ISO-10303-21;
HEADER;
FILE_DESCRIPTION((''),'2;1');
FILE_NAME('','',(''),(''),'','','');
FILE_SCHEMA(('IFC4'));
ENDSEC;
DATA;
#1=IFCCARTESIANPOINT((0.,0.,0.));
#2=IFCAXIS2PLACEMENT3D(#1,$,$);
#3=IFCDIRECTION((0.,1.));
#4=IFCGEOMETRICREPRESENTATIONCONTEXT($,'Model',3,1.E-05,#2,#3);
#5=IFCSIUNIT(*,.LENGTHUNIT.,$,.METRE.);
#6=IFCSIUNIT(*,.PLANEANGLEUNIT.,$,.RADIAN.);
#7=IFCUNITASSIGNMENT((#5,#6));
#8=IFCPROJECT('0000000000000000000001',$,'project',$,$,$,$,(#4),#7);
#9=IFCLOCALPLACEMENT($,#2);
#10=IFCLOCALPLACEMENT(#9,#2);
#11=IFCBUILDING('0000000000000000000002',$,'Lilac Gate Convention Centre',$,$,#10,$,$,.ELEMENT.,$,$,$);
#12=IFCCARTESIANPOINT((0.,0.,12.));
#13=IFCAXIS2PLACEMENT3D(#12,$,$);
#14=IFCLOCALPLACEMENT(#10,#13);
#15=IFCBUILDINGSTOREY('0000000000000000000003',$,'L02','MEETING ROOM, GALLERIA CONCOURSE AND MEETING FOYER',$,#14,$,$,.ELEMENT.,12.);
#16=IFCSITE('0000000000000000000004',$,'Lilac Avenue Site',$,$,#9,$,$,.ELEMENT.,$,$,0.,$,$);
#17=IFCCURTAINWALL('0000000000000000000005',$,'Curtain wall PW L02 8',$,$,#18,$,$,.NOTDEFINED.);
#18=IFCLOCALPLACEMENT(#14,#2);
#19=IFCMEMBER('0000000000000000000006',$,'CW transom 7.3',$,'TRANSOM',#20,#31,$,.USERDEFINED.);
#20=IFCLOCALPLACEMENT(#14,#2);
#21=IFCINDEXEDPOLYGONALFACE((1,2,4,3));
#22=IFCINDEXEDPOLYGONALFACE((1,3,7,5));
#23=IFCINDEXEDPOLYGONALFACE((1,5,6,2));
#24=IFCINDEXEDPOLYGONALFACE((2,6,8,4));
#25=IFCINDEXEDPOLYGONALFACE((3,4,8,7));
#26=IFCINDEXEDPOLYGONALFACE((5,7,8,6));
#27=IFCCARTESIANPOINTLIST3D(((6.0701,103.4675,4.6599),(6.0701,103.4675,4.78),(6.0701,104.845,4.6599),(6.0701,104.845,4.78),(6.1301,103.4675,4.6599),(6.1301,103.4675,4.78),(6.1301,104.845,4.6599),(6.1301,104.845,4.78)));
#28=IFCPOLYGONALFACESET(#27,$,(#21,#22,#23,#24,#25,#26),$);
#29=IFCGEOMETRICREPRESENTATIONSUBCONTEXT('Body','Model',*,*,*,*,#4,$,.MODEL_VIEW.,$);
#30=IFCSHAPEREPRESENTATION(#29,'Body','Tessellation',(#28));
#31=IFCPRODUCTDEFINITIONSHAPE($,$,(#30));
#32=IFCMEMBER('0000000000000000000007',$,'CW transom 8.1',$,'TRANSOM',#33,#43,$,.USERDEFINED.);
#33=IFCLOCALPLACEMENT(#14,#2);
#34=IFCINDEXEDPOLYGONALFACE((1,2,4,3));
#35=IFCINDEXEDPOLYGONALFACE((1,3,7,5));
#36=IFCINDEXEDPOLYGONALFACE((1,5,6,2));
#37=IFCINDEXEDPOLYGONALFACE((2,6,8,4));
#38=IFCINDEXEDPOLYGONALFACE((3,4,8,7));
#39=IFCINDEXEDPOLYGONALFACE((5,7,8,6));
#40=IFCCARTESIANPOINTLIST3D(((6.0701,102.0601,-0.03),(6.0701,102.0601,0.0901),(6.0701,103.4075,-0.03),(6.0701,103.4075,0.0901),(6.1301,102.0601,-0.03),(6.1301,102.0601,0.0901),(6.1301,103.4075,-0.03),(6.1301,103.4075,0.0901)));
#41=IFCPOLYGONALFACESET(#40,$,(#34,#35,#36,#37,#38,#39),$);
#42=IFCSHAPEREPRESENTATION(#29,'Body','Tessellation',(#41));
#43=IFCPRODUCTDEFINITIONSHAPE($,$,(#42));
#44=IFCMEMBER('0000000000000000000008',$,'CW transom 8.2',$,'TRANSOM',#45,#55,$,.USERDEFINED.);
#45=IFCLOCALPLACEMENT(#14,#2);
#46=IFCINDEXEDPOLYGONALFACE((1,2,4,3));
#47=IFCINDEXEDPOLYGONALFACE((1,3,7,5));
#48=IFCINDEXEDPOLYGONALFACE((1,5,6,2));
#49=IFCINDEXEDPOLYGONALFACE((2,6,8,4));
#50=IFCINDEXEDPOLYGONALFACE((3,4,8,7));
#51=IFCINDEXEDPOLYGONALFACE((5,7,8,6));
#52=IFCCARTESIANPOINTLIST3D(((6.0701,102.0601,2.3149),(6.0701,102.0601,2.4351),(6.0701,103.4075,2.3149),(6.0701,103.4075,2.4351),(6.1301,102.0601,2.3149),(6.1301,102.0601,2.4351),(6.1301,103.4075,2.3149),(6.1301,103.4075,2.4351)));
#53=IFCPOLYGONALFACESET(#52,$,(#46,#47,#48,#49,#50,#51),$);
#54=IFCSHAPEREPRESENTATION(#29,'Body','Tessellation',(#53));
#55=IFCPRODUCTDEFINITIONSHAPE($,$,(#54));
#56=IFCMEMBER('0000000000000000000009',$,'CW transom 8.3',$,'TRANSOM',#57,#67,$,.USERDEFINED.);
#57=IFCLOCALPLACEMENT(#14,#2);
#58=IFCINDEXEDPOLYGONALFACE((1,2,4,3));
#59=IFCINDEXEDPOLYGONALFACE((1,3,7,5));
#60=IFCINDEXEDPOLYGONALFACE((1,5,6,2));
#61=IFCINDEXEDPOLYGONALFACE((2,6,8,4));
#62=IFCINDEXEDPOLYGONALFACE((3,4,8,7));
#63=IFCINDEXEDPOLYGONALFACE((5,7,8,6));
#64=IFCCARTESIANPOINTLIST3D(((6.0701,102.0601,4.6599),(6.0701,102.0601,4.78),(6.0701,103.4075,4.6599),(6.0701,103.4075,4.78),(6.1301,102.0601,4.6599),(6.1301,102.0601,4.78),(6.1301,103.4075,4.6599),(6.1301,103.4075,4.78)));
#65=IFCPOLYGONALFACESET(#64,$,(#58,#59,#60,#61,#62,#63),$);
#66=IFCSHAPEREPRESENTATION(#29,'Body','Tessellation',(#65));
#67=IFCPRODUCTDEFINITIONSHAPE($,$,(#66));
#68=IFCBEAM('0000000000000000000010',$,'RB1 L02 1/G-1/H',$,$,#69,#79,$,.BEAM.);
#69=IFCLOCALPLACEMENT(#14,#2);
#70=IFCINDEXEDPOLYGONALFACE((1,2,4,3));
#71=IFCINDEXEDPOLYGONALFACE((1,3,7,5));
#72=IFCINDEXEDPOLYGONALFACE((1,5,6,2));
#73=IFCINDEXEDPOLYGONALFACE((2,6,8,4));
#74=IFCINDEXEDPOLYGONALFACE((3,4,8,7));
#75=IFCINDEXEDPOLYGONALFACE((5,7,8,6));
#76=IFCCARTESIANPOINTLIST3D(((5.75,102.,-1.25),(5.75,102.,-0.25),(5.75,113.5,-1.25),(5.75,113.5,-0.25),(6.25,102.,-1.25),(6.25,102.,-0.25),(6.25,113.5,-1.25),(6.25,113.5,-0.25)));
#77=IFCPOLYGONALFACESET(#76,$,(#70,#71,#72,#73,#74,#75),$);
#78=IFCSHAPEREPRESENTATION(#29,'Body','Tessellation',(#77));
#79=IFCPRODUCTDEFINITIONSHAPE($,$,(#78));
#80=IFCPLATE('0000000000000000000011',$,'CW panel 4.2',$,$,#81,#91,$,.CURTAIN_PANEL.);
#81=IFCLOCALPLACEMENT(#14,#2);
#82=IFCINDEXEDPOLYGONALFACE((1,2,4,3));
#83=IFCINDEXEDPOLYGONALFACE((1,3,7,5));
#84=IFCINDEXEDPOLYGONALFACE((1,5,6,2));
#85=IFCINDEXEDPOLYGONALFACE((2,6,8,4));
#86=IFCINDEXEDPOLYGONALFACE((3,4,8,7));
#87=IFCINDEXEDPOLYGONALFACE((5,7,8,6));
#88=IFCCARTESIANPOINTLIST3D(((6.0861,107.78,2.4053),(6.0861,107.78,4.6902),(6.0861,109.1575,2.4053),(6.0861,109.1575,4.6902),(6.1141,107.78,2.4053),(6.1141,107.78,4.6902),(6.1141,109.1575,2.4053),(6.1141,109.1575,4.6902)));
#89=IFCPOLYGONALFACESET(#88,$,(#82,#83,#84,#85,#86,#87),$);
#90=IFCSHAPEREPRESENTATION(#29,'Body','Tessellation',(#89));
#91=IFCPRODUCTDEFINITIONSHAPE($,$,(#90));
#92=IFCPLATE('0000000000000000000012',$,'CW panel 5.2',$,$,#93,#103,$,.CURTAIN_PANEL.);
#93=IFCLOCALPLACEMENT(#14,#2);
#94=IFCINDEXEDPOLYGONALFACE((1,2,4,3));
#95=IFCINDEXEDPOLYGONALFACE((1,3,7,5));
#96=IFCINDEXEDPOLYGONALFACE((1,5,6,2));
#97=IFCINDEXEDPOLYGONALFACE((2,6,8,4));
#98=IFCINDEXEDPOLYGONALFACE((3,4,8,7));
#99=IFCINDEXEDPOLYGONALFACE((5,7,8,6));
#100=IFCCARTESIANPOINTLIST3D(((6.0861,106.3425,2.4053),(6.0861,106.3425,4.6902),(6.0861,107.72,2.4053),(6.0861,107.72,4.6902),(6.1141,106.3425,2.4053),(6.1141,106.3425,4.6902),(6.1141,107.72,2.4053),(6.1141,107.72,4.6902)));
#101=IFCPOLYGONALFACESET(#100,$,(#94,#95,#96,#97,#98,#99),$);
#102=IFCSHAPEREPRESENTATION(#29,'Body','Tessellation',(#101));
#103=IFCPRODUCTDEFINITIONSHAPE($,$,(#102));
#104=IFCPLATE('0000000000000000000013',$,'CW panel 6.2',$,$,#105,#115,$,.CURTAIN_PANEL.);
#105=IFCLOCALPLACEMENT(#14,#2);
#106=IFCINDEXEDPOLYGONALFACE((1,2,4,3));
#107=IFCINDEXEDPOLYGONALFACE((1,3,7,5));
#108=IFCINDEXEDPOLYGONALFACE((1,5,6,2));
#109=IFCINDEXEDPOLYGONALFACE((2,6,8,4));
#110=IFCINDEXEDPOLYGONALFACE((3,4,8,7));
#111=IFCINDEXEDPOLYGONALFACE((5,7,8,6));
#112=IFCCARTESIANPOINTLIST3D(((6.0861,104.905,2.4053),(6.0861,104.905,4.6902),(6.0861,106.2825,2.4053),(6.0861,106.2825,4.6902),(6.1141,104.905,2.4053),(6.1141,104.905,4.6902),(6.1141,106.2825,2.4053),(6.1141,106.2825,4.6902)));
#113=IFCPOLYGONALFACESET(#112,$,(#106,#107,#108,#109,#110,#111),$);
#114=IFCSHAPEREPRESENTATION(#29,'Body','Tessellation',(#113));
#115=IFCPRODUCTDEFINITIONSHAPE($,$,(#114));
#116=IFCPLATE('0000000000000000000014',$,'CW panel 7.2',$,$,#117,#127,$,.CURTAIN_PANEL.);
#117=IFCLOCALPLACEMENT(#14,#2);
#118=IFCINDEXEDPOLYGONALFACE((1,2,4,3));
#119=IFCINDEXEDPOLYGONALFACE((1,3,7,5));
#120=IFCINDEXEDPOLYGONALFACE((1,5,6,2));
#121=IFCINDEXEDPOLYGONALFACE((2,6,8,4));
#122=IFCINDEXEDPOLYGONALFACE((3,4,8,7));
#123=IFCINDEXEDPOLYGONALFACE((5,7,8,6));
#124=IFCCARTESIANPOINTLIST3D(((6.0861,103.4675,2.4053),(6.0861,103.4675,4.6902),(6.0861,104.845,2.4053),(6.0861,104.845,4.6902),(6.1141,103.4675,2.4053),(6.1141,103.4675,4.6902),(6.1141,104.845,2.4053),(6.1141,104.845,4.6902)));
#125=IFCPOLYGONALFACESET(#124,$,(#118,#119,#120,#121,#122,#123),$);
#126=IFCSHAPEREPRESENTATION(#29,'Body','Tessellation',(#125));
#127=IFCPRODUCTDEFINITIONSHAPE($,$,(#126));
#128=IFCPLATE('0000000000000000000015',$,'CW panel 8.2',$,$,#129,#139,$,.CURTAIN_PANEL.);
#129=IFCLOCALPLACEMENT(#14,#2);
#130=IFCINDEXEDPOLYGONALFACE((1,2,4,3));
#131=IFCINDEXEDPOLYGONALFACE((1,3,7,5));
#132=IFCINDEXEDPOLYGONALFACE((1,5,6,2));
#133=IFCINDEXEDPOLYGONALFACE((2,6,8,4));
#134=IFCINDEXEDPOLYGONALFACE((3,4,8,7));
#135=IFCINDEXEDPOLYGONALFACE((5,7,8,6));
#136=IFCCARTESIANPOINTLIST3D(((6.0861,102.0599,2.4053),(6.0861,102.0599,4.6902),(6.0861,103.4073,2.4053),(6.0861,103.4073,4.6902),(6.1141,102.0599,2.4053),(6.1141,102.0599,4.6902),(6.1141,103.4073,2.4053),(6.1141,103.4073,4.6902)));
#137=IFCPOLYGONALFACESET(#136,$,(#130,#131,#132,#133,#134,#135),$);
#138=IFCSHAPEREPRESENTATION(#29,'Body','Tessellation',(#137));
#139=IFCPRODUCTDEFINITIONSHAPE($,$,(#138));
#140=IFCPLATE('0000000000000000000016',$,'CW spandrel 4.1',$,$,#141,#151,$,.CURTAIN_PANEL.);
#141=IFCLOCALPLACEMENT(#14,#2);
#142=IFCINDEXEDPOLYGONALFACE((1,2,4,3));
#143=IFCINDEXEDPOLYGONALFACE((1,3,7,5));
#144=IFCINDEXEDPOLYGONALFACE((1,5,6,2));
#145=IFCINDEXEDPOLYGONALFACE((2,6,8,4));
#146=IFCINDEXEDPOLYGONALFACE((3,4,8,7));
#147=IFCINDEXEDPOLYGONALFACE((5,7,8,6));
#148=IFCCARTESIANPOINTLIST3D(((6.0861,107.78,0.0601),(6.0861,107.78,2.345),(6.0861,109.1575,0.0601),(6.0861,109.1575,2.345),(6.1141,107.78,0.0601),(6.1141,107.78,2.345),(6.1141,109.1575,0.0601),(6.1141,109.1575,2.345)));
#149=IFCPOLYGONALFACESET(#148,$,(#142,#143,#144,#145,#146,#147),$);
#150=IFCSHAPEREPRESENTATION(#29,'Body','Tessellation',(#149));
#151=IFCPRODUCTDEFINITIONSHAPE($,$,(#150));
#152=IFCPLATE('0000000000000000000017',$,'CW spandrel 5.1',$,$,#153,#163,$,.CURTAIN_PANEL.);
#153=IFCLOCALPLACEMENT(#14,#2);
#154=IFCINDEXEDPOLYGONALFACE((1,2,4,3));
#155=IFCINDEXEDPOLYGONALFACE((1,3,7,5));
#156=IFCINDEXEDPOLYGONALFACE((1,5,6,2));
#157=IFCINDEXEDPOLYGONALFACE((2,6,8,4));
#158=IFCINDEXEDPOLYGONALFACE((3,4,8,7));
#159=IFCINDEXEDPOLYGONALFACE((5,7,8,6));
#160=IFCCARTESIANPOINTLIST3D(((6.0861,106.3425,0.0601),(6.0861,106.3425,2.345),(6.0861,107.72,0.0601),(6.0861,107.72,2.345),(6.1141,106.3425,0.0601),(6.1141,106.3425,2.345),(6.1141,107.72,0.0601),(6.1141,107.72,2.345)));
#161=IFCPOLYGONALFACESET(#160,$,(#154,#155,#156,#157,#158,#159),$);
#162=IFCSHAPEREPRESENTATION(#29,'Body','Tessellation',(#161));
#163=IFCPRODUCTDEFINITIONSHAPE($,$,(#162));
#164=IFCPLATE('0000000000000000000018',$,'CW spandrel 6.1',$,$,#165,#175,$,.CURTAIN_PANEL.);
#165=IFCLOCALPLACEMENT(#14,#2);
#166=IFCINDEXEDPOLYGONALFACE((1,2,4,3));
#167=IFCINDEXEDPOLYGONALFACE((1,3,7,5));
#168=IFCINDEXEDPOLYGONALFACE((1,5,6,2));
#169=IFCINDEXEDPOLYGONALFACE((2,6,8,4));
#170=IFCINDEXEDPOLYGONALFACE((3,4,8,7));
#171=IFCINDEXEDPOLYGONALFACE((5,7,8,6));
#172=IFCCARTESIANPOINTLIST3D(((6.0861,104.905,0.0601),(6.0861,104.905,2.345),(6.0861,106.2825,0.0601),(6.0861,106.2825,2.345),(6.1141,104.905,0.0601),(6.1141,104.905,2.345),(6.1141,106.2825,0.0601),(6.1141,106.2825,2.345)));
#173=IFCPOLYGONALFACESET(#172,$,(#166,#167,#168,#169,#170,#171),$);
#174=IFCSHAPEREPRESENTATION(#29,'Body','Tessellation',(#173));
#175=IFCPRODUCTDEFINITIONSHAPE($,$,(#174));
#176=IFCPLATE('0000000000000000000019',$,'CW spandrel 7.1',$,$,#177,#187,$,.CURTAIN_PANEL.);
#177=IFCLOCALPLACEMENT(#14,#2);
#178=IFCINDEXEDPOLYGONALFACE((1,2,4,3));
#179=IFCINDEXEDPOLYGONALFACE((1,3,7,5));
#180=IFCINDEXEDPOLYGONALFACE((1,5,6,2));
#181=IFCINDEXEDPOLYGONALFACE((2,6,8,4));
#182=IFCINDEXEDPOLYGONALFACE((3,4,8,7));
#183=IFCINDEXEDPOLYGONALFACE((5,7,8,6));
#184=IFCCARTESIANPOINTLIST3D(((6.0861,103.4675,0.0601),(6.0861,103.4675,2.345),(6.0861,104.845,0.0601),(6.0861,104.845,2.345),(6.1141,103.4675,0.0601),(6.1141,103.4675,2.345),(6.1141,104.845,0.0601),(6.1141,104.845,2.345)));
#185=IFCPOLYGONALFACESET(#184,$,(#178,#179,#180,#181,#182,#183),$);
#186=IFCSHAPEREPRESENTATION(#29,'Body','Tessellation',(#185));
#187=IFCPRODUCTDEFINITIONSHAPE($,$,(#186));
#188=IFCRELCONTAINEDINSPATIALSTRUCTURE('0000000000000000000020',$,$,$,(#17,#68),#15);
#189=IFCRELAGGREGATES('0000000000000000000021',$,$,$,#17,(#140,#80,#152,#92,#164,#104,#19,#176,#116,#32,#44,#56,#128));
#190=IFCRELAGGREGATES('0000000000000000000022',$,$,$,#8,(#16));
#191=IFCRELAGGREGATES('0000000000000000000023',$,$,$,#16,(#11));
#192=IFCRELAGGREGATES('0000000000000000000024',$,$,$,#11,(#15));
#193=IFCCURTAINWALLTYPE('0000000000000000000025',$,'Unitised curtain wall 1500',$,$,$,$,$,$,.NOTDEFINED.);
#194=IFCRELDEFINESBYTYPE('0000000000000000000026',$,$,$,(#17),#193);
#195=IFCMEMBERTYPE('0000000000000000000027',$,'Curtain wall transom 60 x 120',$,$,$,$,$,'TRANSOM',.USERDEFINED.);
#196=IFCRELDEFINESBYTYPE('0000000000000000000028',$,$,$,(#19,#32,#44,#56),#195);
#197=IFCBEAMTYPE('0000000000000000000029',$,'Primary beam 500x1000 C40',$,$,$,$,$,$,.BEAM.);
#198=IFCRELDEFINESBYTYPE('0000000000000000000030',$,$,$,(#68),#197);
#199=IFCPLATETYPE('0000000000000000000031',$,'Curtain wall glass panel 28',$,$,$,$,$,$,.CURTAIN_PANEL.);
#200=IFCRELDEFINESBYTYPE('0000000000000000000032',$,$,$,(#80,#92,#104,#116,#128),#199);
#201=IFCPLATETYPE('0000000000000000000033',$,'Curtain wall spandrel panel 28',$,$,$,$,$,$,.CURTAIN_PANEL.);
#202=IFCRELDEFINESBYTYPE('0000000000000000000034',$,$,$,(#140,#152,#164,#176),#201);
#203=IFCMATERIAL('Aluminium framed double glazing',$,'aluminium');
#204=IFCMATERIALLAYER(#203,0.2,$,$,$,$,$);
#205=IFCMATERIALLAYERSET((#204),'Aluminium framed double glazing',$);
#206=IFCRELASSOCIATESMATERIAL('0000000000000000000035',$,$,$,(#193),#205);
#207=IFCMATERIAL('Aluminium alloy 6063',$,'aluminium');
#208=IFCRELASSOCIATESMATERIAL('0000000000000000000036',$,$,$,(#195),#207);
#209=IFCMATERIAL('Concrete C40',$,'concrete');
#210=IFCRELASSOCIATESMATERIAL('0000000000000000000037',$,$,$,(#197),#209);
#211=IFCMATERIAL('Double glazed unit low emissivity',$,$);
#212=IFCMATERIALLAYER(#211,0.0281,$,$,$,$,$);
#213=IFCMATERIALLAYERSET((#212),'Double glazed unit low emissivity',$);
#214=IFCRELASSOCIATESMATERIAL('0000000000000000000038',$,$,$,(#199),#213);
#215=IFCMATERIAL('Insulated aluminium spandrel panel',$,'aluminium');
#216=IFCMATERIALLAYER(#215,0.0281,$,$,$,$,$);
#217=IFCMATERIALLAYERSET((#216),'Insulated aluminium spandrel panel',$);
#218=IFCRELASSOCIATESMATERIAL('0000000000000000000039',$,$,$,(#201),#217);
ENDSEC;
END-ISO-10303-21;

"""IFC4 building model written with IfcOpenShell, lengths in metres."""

from ifc_helpers import new_model, si_unit, direction, frame, origin, origin_2d, place, context, subcontext, project, spatial, rectangle, extrude, material, layer, layer_set, material_profile, profile_set, type_object, element, aggregate, save


model = new_model("IFC4")

# Units and contexts
model_context = context("Model", 3, precision=1e-05, world=origin(), true_north=direction((0.0, 1.0)))
body_context = subcontext(model_context, "Body", "Model", "MODEL_VIEW")
ifc_project = project(units=[si_unit("LENGTHUNIT", "METRE"), si_unit("PLANEANGLEUNIT", "RADIAN")], contexts=[model_context])

# Site, building, storey
site_placement = place(None, origin())
site = spatial("IfcSite", under=ifc_project, at=site_placement, Name="Lilac Avenue Site", CompositionType="ELEMENT", RefElevation=0.0)
building_placement = place(site_placement, origin())
building = spatial("IfcBuilding", under=site, at=building_placement, Name="Lilac Gate Convention Centre", CompositionType="ELEMENT")
storey_placement = place(building_placement, frame((0.0, 0.0, 12.0)))
storey = spatial("IfcBuildingStorey", under=building, at=storey_placement, Name="L02", Description="MEETING ROOM, GALLERIA CONCOURSE AND MEETING FOYER", CompositionType="ELEMENT", Elevation=12.0)

# Curtain wall, members
ifc_material_1 = material(Name="Aluminium framed double glazing", Category="aluminium")
ifc_layer_1 = layer(ifc_material_1, 0.2)
ifc_layer_set_1 = layer_set([ifc_layer_1], Name="Aluminium framed double glazing")
curtain_wall_type = type_object("IfcCurtainWallType", Name="Unitised curtain wall 1500", PredefinedType="NOTDEFINED", material=ifc_layer_set_1)
curtain_wall_placement = place(storey_placement, origin())
curtain_wall = element("IfcCurtainWall", 1, at=curtain_wall_placement, inside=storey, type_object=curtain_wall_type, Name="Curtain wall PW L02 8", PredefinedType="NOTDEFINED")
ifc_material_2 = material(Name="Aluminium alloy 6063", Category="aluminium")
ifc_material_profile_1 = material_profile(ifc_material_2, rectangle(XDim=0.0601, YDim=0.1201, at=origin_2d()), Name="Curtain wall transom 60 x 120")
ifc_profile_set_1 = profile_set([ifc_material_profile_1], Name="Aluminium alloy 6063")
member_type_1 = type_object("IfcMemberType", Name="Curtain wall transom 60 x 120", ElementType="TRANSOM", PredefinedType="USERDEFINED", material=ifc_profile_set_1)
member_1_placement = place(storey_placement, frame((6.1001, 104.845, 4.72), z_axis=(0.0, -1.0, 0.0), x_axis=(1.0, 0.0, 0.0)))
member_1 = element("IfcMember", 2, at=member_1_placement, type_object=member_type_1, Name="CW transom 7.3", ObjectType="TRANSOM", PredefinedType="USERDEFINED", context=body_context, shape_type="SweptSolid", body=[
    extrude(rectangle(XDim=0.0601, YDim=0.1201, at=origin_2d()), origin(), (0.0, 0.0, 1.0), 1.3774),
])
member_2_placement = place(storey_placement, frame((6.1001, 103.4075, 0.03), z_axis=(0.0, -1.0, 0.0), x_axis=(1.0, 0.0, 0.0)))
member_2 = element("IfcMember", 3, at=member_2_placement, type_object=member_type_1, Name="CW transom 8.1", ObjectType="TRANSOM", PredefinedType="USERDEFINED", context=body_context, shape_type="SweptSolid", body=[
    extrude(rectangle(XDim=0.0601, YDim=0.1201, at=origin_2d()), origin(), (0.0, 0.0, 1.0), 1.3474),
])
member_3_placement = place(storey_placement, frame((6.1001, 103.4075, 2.375), z_axis=(0.0, -1.0, 0.0), x_axis=(1.0, 0.0, 0.0)))
member_3 = element("IfcMember", 4, at=member_3_placement, type_object=member_type_1, Name="CW transom 8.2", ObjectType="TRANSOM", PredefinedType="USERDEFINED", context=body_context, shape_type="SweptSolid", body=[
    extrude(rectangle(XDim=0.0601, YDim=0.1201, at=origin_2d()), origin(), (0.0, 0.0, 1.0), 1.3474),
])
member_4_placement = place(storey_placement, frame((6.1001, 103.4075, 4.72), z_axis=(0.0, -1.0, 0.0), x_axis=(1.0, 0.0, 0.0)))
member_4 = element("IfcMember", 5, at=member_4_placement, type_object=member_type_1, Name="CW transom 8.3", ObjectType="TRANSOM", PredefinedType="USERDEFINED", context=body_context, shape_type="SweptSolid", body=[
    extrude(rectangle(XDim=0.0601, YDim=0.1201, at=origin_2d()), origin(), (0.0, 0.0, 1.0), 1.3474),
])

# Beam
ifc_material_3 = material(Name="Concrete C40", Category="concrete")
ifc_material_profile_2 = material_profile(ifc_material_3, rectangle(XDim=0.5, YDim=1.0, at=origin_2d()), Name="RC 500x1000")
ifc_profile_set_2 = profile_set([ifc_material_profile_2], Name="Concrete C40")
beam_type = type_object("IfcBeamType", Name="Primary beam 500x1000 C40", PredefinedType="BEAM", material=ifc_profile_set_2)
beam_placement = place(storey_placement, frame((6.0, 102.0, -0.75), z_axis=(0.0, 1.0, 0.0), x_axis=(-1.0, 0.0, 0.0)))
element("IfcBeam", 6, at=beam_placement, inside=storey, type_object=beam_type, Name="RB1 L02 1/G-1/H", PredefinedType="BEAM", context=body_context, shape_type="SweptSolid", body=[
    extrude(rectangle(XDim=0.5, YDim=1.0, at=origin_2d()), origin(), (0.0, 0.0, 1.0), 11.5),
])

# Plates
ifc_material_4 = material(Name="Double glazed unit low emissivity")
ifc_layer_2 = layer(ifc_material_4, 0.0281)
ifc_layer_set_2 = layer_set([ifc_layer_2], Name="Double glazed unit low emissivity")
plate_type_1 = type_object("IfcPlateType", Name="Curtain wall glass panel 28", PredefinedType="CURTAIN_PANEL", material=ifc_layer_set_2)
plate_1_placement = place(storey_placement, frame((6.1001, 108.4688, 2.4053), z_axis=(0.0, 0.0, 1.0), x_axis=(0.0, -1.0, 0.0)))
plate_1 = element("IfcPlate", 7, at=plate_1_placement, type_object=plate_type_1, Name="CW panel 4.2", PredefinedType="CURTAIN_PANEL", context=body_context, shape_type="SweptSolid", body=[
    extrude(rectangle(XDim=1.3774, YDim=0.0281, at=origin_2d()), origin(), (0.0, 0.0, 1.0), 2.2849),
])
plate_2_placement = place(storey_placement, frame((6.1001, 107.0312, 2.4053), z_axis=(0.0, 0.0, 1.0), x_axis=(0.0, -1.0, 0.0)))
plate_2 = element("IfcPlate", 8, at=plate_2_placement, type_object=plate_type_1, Name="CW panel 5.2", PredefinedType="CURTAIN_PANEL", context=body_context, shape_type="SweptSolid", body=[
    extrude(rectangle(XDim=1.3774, YDim=0.0281, at=origin_2d()), origin(), (0.0, 0.0, 1.0), 2.2849),
])
plate_3_placement = place(storey_placement, frame((6.1001, 105.5938, 2.4053), z_axis=(0.0, 0.0, 1.0), x_axis=(0.0, -1.0, 0.0)))
plate_3 = element("IfcPlate", 9, at=plate_3_placement, type_object=plate_type_1, Name="CW panel 6.2", PredefinedType="CURTAIN_PANEL", context=body_context, shape_type="SweptSolid", body=[
    extrude(rectangle(XDim=1.3774, YDim=0.0281, at=origin_2d()), origin(), (0.0, 0.0, 1.0), 2.2849),
])
plate_4_placement = place(storey_placement, frame((6.1001, 104.1562, 2.4053), z_axis=(0.0, 0.0, 1.0), x_axis=(0.0, -1.0, 0.0)))
plate_4 = element("IfcPlate", 10, at=plate_4_placement, type_object=plate_type_1, Name="CW panel 7.2", PredefinedType="CURTAIN_PANEL", context=body_context, shape_type="SweptSolid", body=[
    extrude(rectangle(XDim=1.3774, YDim=0.0281, at=origin_2d()), origin(), (0.0, 0.0, 1.0), 2.2849),
])
plate_5_placement = place(storey_placement, frame((6.1001, 102.7336, 2.4053), z_axis=(0.0, 0.0, 1.0), x_axis=(0.0, -1.0, 0.0)))
plate_5 = element("IfcPlate", 11, at=plate_5_placement, type_object=plate_type_1, Name="CW panel 8.2", PredefinedType="CURTAIN_PANEL", context=body_context, shape_type="SweptSolid", body=[
    extrude(rectangle(XDim=1.3474, YDim=0.0281, at=origin_2d()), origin(), (0.0, 0.0, 1.0), 2.2849),
])
ifc_material_5 = material(Name="Insulated aluminium spandrel panel", Category="aluminium")
ifc_layer_3 = layer(ifc_material_5, 0.0281)
ifc_layer_set_3 = layer_set([ifc_layer_3], Name="Insulated aluminium spandrel panel")
plate_type_2 = type_object("IfcPlateType", Name="Curtain wall spandrel panel 28", PredefinedType="CURTAIN_PANEL", material=ifc_layer_set_3)
plate_6_placement = place(storey_placement, frame((6.1001, 108.4688, 0.0601), z_axis=(0.0, 0.0, 1.0), x_axis=(0.0, -1.0, 0.0)))
plate_6 = element("IfcPlate", 12, at=plate_6_placement, type_object=plate_type_2, Name="CW spandrel 4.1", PredefinedType="CURTAIN_PANEL", context=body_context, shape_type="SweptSolid", body=[
    extrude(rectangle(XDim=1.3774, YDim=0.0281, at=origin_2d()), origin(), (0.0, 0.0, 1.0), 2.2849),
])
plate_7_placement = place(storey_placement, frame((6.1001, 107.0312, 0.0601), z_axis=(0.0, 0.0, 1.0), x_axis=(0.0, -1.0, 0.0)))
plate_7 = element("IfcPlate", 13, at=plate_7_placement, type_object=plate_type_2, Name="CW spandrel 5.1", PredefinedType="CURTAIN_PANEL", context=body_context, shape_type="SweptSolid", body=[
    extrude(rectangle(XDim=1.3774, YDim=0.0281, at=origin_2d()), origin(), (0.0, 0.0, 1.0), 2.2849),
])
plate_8_placement = place(storey_placement, frame((6.1001, 105.5938, 0.0601), z_axis=(0.0, 0.0, 1.0), x_axis=(0.0, -1.0, 0.0)))
plate_8 = element("IfcPlate", 14, at=plate_8_placement, type_object=plate_type_2, Name="CW spandrel 6.1", PredefinedType="CURTAIN_PANEL", context=body_context, shape_type="SweptSolid", body=[
    extrude(rectangle(XDim=1.3774, YDim=0.0281, at=origin_2d()), origin(), (0.0, 0.0, 1.0), 2.2849),
])
plate_9_placement = place(storey_placement, frame((6.1001, 104.1562, 0.0601), z_axis=(0.0, 0.0, 1.0), x_axis=(0.0, -1.0, 0.0)))
plate_9 = element("IfcPlate", 15, at=plate_9_placement, type_object=plate_type_2, Name="CW spandrel 7.1", PredefinedType="CURTAIN_PANEL", context=body_context, shape_type="SweptSolid", body=[
    extrude(rectangle(XDim=1.3774, YDim=0.0281, at=origin_2d()), origin(), (0.0, 0.0, 1.0), 2.2849),
])
aggregate(curtain_wall, [plate_6, plate_1, plate_7, plate_2, plate_8, plate_3, member_1, plate_9, plate_4, member_2, member_3, member_4, plate_5])

save(model, "model.ifc")
